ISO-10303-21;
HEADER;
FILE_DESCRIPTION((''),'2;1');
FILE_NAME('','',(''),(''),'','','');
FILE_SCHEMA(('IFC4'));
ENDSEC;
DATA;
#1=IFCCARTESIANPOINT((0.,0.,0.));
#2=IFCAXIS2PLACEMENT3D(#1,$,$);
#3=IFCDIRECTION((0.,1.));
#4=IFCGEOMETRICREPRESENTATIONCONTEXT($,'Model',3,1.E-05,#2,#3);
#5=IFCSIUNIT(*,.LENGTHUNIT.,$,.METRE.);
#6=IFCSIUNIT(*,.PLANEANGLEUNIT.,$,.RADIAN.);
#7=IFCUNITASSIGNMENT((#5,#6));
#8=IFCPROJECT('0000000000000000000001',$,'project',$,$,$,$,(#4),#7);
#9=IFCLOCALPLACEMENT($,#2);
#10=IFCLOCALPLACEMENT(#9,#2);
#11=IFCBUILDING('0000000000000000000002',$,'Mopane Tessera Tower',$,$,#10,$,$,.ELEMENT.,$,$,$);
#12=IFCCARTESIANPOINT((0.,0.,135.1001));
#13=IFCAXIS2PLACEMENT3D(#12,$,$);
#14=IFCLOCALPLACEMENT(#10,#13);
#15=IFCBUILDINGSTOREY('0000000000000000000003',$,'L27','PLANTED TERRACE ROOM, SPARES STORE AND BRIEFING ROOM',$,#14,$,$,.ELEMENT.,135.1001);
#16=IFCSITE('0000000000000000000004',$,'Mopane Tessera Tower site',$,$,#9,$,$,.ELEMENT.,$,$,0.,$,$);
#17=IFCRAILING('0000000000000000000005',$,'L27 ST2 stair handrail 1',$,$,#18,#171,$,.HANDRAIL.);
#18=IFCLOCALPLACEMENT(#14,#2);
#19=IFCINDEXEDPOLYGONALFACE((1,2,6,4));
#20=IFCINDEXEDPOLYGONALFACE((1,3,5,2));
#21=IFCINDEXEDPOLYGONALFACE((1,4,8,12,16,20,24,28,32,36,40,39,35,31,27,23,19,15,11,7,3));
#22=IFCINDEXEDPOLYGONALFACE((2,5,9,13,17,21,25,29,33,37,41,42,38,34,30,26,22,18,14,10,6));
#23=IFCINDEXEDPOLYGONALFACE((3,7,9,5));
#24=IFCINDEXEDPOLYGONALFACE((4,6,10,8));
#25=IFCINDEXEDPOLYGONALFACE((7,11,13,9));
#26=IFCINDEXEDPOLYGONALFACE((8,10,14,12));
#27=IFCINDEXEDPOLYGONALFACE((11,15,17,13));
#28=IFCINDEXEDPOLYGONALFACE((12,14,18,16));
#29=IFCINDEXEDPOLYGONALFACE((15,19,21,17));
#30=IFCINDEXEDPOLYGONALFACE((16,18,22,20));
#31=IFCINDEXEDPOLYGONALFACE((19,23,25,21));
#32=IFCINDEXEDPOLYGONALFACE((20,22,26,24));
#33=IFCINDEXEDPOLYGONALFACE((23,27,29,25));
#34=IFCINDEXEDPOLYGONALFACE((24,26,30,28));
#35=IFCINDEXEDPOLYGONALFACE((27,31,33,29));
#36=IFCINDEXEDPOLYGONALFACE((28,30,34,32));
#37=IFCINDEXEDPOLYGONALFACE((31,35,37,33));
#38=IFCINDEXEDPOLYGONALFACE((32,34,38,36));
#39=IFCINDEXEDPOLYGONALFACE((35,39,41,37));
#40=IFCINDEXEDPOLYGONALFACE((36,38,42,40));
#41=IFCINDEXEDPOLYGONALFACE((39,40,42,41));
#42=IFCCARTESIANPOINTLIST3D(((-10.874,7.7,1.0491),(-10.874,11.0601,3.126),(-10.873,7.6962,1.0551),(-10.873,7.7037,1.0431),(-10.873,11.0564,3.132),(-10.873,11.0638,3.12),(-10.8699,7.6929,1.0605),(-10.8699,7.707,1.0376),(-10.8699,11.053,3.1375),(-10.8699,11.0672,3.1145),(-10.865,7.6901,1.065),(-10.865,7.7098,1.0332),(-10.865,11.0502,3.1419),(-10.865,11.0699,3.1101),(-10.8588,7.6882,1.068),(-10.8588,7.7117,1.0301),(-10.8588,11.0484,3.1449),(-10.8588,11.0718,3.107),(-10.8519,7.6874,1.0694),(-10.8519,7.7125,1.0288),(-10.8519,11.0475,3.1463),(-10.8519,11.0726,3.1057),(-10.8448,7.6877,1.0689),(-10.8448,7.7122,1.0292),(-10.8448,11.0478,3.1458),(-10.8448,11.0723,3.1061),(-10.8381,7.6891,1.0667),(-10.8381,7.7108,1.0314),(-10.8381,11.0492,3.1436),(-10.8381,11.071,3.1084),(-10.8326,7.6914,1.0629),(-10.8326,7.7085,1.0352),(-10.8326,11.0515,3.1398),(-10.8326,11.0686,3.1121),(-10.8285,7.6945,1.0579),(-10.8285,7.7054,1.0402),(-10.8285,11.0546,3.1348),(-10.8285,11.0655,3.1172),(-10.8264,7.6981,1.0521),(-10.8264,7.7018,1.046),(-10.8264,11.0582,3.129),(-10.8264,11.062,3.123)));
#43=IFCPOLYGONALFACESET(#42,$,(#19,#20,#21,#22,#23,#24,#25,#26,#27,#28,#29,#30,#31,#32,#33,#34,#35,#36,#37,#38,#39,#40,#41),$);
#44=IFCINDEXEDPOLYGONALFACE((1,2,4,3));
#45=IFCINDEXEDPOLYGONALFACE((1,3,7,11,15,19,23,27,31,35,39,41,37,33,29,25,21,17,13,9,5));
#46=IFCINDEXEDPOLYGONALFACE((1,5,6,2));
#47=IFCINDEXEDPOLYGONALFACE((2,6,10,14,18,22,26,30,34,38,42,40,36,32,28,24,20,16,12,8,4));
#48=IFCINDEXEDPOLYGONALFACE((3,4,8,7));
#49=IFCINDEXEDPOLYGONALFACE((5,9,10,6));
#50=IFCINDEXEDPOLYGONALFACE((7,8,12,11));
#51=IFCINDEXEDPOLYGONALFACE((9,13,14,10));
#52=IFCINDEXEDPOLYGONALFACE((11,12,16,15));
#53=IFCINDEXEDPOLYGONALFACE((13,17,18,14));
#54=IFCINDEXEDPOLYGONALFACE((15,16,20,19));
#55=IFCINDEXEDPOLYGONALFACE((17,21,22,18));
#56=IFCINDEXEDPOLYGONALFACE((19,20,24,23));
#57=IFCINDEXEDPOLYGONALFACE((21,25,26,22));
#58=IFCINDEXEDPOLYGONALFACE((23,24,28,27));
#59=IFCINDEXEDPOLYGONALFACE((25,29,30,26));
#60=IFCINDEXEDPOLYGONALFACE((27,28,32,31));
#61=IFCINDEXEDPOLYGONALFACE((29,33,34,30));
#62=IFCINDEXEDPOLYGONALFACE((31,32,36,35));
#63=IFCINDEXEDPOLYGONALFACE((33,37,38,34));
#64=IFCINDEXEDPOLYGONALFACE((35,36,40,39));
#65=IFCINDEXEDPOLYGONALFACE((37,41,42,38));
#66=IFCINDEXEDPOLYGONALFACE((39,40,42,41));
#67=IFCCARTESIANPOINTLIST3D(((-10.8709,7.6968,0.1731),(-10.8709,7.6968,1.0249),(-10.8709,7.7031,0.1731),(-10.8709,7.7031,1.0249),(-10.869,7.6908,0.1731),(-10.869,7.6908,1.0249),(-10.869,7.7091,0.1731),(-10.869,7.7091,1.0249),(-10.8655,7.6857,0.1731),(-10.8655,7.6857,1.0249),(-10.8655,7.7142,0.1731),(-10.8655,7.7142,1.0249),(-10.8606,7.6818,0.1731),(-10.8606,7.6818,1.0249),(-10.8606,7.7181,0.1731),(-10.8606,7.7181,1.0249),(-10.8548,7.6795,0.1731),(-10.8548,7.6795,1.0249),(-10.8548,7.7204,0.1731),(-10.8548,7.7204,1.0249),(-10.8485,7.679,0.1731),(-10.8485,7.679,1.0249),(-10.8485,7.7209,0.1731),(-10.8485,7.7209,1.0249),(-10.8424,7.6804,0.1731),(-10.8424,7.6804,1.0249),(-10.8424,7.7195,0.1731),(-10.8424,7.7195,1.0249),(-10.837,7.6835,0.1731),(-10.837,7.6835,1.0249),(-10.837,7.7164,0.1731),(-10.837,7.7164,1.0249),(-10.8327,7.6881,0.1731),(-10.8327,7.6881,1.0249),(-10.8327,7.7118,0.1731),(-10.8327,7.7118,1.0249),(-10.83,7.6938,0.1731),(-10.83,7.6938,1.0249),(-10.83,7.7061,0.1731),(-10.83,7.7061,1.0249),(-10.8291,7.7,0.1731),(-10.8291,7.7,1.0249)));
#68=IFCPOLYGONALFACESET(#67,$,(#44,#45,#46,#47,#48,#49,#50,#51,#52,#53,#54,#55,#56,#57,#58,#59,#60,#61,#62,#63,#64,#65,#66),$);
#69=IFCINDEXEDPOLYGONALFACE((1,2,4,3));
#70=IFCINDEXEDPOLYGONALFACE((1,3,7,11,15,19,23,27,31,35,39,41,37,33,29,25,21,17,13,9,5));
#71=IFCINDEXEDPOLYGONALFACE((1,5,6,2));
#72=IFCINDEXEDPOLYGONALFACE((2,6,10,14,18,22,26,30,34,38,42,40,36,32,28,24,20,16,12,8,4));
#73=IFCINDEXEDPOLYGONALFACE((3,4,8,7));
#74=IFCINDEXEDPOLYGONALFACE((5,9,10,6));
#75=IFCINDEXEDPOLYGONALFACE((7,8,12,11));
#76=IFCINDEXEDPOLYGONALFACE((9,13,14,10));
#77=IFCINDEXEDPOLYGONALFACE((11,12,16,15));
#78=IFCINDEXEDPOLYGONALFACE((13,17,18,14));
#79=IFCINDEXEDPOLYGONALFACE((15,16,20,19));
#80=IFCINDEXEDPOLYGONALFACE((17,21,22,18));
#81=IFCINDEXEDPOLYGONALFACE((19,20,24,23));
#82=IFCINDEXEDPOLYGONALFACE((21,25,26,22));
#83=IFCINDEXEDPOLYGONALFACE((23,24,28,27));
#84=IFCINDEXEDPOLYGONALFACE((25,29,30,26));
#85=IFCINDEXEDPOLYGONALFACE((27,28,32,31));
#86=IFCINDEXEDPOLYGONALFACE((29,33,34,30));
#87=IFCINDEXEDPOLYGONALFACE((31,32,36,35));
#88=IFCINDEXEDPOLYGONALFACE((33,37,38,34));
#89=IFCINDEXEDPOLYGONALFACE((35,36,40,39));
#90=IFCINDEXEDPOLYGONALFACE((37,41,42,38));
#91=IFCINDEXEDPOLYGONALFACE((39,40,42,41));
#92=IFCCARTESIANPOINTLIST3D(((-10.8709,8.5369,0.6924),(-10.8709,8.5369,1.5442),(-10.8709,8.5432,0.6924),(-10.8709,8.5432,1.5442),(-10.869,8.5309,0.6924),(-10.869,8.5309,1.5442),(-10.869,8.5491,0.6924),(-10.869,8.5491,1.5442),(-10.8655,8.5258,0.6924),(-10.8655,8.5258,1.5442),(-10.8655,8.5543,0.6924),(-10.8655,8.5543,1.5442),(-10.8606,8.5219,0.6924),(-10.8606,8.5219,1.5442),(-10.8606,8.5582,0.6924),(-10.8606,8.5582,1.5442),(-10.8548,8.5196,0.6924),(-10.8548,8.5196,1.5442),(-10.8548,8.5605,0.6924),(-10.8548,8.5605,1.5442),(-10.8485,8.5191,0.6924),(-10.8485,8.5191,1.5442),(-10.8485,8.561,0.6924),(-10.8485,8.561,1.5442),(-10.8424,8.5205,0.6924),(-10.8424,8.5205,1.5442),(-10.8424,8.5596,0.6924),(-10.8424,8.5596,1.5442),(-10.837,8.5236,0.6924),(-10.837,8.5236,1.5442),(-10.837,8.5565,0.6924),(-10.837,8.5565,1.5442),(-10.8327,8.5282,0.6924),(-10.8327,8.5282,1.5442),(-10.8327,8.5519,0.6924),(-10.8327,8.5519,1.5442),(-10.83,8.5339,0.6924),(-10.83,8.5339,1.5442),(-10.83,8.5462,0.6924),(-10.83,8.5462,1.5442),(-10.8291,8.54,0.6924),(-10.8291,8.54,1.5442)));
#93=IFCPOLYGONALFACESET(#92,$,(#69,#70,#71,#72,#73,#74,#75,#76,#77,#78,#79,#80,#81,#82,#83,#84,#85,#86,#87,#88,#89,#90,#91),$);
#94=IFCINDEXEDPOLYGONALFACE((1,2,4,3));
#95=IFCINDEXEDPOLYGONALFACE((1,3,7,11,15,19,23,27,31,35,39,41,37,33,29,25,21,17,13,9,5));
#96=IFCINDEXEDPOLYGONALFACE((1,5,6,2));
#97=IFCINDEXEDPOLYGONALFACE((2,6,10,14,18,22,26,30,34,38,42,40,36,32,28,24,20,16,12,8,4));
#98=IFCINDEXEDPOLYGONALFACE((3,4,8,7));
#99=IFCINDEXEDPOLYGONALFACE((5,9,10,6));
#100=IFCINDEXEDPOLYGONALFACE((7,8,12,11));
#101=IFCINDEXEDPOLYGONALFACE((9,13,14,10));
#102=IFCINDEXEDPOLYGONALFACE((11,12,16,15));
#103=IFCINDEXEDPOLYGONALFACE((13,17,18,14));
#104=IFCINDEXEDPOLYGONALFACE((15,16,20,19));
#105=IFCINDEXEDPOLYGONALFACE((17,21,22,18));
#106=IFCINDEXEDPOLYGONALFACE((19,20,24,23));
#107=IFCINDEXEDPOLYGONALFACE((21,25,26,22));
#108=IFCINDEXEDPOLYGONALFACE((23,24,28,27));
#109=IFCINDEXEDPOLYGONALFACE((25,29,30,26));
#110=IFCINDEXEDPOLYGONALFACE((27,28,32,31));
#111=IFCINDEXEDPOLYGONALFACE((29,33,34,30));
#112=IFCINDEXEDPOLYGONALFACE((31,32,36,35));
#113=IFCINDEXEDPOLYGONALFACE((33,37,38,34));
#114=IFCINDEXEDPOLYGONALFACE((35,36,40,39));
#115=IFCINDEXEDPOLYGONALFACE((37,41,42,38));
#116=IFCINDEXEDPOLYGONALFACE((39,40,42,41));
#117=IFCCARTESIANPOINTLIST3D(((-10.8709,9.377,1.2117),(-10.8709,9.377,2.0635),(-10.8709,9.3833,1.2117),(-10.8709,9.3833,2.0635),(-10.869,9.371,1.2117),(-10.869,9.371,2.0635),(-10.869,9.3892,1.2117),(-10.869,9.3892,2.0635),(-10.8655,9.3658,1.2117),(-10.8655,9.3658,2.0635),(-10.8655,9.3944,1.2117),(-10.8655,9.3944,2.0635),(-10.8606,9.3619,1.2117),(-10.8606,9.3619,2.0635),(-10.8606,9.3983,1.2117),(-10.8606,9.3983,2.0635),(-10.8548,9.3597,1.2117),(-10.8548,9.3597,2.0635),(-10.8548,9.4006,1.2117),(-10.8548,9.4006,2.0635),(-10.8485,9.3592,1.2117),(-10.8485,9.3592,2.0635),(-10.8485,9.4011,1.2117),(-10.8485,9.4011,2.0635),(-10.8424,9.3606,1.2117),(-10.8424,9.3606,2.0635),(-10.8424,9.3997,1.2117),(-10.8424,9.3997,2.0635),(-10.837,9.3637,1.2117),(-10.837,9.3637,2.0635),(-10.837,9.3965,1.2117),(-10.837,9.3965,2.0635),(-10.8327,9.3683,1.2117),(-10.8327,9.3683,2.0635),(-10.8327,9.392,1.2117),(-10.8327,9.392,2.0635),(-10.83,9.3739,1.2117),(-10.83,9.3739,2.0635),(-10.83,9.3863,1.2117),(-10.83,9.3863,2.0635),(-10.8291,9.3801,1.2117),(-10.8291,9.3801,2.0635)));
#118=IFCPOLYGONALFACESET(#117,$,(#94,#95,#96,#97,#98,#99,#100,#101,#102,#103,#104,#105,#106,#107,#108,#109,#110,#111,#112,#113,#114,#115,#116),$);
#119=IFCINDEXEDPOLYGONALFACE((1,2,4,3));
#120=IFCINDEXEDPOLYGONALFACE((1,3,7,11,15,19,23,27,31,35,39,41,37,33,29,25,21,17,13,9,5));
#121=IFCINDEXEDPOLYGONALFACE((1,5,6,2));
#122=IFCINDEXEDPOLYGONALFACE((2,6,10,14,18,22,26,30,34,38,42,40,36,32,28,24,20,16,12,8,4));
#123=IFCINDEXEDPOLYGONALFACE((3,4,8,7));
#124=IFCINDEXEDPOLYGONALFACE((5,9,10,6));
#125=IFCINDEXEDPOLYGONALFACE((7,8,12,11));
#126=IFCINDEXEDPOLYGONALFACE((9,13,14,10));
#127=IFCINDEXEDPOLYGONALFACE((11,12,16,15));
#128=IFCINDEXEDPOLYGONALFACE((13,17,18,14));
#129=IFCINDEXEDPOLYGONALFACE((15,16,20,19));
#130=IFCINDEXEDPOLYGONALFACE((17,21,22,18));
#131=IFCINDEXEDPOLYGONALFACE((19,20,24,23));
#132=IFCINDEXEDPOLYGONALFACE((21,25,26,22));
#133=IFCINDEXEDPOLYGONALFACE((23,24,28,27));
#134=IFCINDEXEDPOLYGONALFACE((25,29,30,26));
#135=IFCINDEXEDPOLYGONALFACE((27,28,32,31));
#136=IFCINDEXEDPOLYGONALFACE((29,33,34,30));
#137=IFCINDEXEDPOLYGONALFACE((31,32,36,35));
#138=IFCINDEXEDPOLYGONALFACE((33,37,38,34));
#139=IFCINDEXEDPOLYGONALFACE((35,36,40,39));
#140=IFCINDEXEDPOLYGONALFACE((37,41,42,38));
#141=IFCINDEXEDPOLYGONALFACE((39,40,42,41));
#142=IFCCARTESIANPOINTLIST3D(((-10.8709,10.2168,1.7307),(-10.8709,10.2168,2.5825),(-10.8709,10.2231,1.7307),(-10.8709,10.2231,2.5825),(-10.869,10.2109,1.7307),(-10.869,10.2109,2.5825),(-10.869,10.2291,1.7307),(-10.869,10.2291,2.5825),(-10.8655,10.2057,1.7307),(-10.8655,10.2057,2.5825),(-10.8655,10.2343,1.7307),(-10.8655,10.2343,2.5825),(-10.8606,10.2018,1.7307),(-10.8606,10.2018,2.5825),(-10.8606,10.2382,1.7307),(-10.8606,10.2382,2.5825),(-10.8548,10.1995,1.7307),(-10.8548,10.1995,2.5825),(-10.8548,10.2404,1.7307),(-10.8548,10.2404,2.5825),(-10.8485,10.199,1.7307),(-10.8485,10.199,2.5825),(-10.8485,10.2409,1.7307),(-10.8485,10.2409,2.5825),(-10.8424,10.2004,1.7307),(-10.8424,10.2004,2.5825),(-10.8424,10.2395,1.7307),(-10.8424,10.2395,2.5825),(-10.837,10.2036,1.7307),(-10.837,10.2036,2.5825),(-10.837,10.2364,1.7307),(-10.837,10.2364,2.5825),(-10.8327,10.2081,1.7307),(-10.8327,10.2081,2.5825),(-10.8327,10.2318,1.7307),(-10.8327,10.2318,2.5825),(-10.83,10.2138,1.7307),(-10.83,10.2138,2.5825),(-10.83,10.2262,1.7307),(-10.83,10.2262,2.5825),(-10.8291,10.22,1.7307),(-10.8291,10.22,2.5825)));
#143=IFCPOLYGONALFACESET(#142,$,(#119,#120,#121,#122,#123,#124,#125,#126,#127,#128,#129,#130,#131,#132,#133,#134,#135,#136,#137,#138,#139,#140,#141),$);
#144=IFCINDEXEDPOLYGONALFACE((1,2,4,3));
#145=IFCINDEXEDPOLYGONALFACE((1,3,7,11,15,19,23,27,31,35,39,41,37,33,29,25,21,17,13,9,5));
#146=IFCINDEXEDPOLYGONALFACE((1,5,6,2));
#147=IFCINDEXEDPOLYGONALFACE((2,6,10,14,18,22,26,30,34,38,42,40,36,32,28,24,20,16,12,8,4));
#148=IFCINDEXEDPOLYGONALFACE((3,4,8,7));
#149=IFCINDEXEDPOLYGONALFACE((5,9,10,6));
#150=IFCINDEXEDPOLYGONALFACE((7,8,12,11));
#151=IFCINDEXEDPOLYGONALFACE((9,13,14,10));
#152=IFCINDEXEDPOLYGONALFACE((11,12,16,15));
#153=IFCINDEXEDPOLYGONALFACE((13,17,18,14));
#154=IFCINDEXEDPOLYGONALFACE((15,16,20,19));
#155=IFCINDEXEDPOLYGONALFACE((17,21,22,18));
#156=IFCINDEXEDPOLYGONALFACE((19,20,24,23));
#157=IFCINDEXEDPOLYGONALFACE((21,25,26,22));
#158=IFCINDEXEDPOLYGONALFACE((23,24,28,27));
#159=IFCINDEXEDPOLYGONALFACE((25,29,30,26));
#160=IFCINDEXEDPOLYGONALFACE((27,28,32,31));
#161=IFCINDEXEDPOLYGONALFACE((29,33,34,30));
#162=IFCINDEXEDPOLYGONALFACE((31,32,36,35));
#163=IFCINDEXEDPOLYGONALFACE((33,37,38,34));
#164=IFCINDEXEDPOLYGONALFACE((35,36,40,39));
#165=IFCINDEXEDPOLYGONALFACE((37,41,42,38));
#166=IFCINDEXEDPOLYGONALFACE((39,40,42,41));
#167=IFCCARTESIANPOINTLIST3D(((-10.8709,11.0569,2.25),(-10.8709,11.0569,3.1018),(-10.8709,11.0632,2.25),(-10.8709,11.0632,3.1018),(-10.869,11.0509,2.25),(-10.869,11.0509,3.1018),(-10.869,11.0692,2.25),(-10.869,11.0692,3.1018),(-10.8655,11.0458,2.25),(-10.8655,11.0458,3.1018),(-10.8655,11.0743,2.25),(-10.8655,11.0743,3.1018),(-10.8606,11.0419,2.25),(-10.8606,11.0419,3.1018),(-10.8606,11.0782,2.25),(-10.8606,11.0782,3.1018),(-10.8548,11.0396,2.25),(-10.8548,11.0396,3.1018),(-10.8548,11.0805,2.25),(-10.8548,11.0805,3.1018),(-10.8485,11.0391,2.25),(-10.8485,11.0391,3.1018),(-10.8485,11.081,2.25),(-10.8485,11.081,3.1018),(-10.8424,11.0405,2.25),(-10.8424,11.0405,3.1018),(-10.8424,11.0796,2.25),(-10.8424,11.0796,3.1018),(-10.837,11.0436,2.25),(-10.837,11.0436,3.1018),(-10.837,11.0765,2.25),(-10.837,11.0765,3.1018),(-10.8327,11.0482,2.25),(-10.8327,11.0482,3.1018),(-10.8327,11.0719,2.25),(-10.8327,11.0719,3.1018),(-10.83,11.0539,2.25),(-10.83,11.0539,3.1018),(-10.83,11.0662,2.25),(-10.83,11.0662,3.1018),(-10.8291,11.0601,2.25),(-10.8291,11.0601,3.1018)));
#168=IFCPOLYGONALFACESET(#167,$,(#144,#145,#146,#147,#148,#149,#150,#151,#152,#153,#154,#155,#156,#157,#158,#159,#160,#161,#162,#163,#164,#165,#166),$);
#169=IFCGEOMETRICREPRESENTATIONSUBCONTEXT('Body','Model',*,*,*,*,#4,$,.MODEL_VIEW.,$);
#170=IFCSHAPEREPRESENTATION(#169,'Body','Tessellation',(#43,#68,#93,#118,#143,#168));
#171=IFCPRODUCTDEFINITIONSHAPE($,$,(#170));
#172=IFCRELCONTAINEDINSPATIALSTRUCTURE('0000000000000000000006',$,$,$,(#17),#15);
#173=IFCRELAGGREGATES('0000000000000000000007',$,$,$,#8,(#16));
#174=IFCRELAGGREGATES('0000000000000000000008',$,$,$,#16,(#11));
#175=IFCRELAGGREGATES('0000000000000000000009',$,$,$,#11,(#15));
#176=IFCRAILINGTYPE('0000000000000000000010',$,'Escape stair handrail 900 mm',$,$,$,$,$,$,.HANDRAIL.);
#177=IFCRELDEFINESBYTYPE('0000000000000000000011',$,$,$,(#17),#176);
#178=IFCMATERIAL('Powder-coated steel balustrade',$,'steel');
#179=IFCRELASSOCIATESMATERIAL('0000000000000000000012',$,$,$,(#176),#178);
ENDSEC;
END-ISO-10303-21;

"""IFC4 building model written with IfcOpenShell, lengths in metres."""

from ifc_helpers import new_model, si_unit, direction, frame, origin, origin_2d, place, context, subcontext, project, spatial, circle, extrude, material, type_object, element, save


model = new_model("IFC4")

# Units and contexts
model_context = context("Model", 3, precision=1e-05, world=origin(), true_north=direction((0.0, 1.0)))
body_context = subcontext(model_context, "Body", "Model", "MODEL_VIEW")
ifc_project = project(units=[si_unit("LENGTHUNIT", "METRE"), si_unit("PLANEANGLEUNIT", "RADIAN")], contexts=[model_context])

# Site, building, storey
site_placement = place(None, origin())
site = spatial("IfcSite", under=ifc_project, at=site_placement, Name="Mopane Tessera Tower site", CompositionType="ELEMENT", RefElevation=0.0)
building_placement = place(site_placement, origin())
building = spatial("IfcBuilding", under=site, at=building_placement, Name="Mopane Tessera Tower", CompositionType="ELEMENT")
storey_placement = place(building_placement, frame((0.0, 0.0, 135.1001)))
storey = spatial("IfcBuildingStorey", under=building, at=storey_placement, Name="L27", Description="PLANTED TERRACE ROOM, SPARES STORE AND BRIEFING ROOM", CompositionType="ELEMENT", Elevation=135.1001)

# Railing
ifc_material_1 = material(Name="Powder-coated steel balustrade", Category="steel")
railing_type_1 = type_object("IfcRailingType", Name="Escape stair handrail 900 mm", PredefinedType="HANDRAIL", material=ifc_material_1)
railing_1_placement = place(storey_placement, frame((-10.8501, 7.7, 0.1731)))
element("IfcRailing", 1, at=railing_1_placement, inside=storey, type_object=railing_type_1, Name="L27 ST2 stair handrail 1", PredefinedType="HANDRAIL", context=body_context, shape_type="SweptSolid", body=[
    extrude(circle(Radius=0.0239, at=origin_2d()), frame((0.0, 0.0, 0.876), z_axis=(0.0, 0.850623, 0.525776), x_axis=(-1.0, 0.0, 0.0)), (0.0, 0.0, 1.0), 3.9502),
    extrude(circle(Radius=0.021, at=origin_2d()), origin(), (0.0, 0.0, 1.0), 0.8518),
    extrude(circle(Radius=0.021, at=origin_2d()), frame((0.0, 0.8401, 0.5193)), (0.0, 0.0, 1.0), 0.8518),
    extrude(circle(Radius=0.021, at=origin_2d()), frame((0.0, 1.6802, 1.0386)), (0.0, 0.0, 1.0), 0.8518),
    extrude(circle(Radius=0.021, at=origin_2d()), frame((0.0, 2.52, 1.5576)), (0.0, 0.0, 1.0), 0.8518),
    extrude(circle(Radius=0.021, at=origin_2d()), frame((0.0, 3.3601, 2.0769)), (0.0, 0.0, 1.0), 0.8518),
])

save(model, "model.ifc")
